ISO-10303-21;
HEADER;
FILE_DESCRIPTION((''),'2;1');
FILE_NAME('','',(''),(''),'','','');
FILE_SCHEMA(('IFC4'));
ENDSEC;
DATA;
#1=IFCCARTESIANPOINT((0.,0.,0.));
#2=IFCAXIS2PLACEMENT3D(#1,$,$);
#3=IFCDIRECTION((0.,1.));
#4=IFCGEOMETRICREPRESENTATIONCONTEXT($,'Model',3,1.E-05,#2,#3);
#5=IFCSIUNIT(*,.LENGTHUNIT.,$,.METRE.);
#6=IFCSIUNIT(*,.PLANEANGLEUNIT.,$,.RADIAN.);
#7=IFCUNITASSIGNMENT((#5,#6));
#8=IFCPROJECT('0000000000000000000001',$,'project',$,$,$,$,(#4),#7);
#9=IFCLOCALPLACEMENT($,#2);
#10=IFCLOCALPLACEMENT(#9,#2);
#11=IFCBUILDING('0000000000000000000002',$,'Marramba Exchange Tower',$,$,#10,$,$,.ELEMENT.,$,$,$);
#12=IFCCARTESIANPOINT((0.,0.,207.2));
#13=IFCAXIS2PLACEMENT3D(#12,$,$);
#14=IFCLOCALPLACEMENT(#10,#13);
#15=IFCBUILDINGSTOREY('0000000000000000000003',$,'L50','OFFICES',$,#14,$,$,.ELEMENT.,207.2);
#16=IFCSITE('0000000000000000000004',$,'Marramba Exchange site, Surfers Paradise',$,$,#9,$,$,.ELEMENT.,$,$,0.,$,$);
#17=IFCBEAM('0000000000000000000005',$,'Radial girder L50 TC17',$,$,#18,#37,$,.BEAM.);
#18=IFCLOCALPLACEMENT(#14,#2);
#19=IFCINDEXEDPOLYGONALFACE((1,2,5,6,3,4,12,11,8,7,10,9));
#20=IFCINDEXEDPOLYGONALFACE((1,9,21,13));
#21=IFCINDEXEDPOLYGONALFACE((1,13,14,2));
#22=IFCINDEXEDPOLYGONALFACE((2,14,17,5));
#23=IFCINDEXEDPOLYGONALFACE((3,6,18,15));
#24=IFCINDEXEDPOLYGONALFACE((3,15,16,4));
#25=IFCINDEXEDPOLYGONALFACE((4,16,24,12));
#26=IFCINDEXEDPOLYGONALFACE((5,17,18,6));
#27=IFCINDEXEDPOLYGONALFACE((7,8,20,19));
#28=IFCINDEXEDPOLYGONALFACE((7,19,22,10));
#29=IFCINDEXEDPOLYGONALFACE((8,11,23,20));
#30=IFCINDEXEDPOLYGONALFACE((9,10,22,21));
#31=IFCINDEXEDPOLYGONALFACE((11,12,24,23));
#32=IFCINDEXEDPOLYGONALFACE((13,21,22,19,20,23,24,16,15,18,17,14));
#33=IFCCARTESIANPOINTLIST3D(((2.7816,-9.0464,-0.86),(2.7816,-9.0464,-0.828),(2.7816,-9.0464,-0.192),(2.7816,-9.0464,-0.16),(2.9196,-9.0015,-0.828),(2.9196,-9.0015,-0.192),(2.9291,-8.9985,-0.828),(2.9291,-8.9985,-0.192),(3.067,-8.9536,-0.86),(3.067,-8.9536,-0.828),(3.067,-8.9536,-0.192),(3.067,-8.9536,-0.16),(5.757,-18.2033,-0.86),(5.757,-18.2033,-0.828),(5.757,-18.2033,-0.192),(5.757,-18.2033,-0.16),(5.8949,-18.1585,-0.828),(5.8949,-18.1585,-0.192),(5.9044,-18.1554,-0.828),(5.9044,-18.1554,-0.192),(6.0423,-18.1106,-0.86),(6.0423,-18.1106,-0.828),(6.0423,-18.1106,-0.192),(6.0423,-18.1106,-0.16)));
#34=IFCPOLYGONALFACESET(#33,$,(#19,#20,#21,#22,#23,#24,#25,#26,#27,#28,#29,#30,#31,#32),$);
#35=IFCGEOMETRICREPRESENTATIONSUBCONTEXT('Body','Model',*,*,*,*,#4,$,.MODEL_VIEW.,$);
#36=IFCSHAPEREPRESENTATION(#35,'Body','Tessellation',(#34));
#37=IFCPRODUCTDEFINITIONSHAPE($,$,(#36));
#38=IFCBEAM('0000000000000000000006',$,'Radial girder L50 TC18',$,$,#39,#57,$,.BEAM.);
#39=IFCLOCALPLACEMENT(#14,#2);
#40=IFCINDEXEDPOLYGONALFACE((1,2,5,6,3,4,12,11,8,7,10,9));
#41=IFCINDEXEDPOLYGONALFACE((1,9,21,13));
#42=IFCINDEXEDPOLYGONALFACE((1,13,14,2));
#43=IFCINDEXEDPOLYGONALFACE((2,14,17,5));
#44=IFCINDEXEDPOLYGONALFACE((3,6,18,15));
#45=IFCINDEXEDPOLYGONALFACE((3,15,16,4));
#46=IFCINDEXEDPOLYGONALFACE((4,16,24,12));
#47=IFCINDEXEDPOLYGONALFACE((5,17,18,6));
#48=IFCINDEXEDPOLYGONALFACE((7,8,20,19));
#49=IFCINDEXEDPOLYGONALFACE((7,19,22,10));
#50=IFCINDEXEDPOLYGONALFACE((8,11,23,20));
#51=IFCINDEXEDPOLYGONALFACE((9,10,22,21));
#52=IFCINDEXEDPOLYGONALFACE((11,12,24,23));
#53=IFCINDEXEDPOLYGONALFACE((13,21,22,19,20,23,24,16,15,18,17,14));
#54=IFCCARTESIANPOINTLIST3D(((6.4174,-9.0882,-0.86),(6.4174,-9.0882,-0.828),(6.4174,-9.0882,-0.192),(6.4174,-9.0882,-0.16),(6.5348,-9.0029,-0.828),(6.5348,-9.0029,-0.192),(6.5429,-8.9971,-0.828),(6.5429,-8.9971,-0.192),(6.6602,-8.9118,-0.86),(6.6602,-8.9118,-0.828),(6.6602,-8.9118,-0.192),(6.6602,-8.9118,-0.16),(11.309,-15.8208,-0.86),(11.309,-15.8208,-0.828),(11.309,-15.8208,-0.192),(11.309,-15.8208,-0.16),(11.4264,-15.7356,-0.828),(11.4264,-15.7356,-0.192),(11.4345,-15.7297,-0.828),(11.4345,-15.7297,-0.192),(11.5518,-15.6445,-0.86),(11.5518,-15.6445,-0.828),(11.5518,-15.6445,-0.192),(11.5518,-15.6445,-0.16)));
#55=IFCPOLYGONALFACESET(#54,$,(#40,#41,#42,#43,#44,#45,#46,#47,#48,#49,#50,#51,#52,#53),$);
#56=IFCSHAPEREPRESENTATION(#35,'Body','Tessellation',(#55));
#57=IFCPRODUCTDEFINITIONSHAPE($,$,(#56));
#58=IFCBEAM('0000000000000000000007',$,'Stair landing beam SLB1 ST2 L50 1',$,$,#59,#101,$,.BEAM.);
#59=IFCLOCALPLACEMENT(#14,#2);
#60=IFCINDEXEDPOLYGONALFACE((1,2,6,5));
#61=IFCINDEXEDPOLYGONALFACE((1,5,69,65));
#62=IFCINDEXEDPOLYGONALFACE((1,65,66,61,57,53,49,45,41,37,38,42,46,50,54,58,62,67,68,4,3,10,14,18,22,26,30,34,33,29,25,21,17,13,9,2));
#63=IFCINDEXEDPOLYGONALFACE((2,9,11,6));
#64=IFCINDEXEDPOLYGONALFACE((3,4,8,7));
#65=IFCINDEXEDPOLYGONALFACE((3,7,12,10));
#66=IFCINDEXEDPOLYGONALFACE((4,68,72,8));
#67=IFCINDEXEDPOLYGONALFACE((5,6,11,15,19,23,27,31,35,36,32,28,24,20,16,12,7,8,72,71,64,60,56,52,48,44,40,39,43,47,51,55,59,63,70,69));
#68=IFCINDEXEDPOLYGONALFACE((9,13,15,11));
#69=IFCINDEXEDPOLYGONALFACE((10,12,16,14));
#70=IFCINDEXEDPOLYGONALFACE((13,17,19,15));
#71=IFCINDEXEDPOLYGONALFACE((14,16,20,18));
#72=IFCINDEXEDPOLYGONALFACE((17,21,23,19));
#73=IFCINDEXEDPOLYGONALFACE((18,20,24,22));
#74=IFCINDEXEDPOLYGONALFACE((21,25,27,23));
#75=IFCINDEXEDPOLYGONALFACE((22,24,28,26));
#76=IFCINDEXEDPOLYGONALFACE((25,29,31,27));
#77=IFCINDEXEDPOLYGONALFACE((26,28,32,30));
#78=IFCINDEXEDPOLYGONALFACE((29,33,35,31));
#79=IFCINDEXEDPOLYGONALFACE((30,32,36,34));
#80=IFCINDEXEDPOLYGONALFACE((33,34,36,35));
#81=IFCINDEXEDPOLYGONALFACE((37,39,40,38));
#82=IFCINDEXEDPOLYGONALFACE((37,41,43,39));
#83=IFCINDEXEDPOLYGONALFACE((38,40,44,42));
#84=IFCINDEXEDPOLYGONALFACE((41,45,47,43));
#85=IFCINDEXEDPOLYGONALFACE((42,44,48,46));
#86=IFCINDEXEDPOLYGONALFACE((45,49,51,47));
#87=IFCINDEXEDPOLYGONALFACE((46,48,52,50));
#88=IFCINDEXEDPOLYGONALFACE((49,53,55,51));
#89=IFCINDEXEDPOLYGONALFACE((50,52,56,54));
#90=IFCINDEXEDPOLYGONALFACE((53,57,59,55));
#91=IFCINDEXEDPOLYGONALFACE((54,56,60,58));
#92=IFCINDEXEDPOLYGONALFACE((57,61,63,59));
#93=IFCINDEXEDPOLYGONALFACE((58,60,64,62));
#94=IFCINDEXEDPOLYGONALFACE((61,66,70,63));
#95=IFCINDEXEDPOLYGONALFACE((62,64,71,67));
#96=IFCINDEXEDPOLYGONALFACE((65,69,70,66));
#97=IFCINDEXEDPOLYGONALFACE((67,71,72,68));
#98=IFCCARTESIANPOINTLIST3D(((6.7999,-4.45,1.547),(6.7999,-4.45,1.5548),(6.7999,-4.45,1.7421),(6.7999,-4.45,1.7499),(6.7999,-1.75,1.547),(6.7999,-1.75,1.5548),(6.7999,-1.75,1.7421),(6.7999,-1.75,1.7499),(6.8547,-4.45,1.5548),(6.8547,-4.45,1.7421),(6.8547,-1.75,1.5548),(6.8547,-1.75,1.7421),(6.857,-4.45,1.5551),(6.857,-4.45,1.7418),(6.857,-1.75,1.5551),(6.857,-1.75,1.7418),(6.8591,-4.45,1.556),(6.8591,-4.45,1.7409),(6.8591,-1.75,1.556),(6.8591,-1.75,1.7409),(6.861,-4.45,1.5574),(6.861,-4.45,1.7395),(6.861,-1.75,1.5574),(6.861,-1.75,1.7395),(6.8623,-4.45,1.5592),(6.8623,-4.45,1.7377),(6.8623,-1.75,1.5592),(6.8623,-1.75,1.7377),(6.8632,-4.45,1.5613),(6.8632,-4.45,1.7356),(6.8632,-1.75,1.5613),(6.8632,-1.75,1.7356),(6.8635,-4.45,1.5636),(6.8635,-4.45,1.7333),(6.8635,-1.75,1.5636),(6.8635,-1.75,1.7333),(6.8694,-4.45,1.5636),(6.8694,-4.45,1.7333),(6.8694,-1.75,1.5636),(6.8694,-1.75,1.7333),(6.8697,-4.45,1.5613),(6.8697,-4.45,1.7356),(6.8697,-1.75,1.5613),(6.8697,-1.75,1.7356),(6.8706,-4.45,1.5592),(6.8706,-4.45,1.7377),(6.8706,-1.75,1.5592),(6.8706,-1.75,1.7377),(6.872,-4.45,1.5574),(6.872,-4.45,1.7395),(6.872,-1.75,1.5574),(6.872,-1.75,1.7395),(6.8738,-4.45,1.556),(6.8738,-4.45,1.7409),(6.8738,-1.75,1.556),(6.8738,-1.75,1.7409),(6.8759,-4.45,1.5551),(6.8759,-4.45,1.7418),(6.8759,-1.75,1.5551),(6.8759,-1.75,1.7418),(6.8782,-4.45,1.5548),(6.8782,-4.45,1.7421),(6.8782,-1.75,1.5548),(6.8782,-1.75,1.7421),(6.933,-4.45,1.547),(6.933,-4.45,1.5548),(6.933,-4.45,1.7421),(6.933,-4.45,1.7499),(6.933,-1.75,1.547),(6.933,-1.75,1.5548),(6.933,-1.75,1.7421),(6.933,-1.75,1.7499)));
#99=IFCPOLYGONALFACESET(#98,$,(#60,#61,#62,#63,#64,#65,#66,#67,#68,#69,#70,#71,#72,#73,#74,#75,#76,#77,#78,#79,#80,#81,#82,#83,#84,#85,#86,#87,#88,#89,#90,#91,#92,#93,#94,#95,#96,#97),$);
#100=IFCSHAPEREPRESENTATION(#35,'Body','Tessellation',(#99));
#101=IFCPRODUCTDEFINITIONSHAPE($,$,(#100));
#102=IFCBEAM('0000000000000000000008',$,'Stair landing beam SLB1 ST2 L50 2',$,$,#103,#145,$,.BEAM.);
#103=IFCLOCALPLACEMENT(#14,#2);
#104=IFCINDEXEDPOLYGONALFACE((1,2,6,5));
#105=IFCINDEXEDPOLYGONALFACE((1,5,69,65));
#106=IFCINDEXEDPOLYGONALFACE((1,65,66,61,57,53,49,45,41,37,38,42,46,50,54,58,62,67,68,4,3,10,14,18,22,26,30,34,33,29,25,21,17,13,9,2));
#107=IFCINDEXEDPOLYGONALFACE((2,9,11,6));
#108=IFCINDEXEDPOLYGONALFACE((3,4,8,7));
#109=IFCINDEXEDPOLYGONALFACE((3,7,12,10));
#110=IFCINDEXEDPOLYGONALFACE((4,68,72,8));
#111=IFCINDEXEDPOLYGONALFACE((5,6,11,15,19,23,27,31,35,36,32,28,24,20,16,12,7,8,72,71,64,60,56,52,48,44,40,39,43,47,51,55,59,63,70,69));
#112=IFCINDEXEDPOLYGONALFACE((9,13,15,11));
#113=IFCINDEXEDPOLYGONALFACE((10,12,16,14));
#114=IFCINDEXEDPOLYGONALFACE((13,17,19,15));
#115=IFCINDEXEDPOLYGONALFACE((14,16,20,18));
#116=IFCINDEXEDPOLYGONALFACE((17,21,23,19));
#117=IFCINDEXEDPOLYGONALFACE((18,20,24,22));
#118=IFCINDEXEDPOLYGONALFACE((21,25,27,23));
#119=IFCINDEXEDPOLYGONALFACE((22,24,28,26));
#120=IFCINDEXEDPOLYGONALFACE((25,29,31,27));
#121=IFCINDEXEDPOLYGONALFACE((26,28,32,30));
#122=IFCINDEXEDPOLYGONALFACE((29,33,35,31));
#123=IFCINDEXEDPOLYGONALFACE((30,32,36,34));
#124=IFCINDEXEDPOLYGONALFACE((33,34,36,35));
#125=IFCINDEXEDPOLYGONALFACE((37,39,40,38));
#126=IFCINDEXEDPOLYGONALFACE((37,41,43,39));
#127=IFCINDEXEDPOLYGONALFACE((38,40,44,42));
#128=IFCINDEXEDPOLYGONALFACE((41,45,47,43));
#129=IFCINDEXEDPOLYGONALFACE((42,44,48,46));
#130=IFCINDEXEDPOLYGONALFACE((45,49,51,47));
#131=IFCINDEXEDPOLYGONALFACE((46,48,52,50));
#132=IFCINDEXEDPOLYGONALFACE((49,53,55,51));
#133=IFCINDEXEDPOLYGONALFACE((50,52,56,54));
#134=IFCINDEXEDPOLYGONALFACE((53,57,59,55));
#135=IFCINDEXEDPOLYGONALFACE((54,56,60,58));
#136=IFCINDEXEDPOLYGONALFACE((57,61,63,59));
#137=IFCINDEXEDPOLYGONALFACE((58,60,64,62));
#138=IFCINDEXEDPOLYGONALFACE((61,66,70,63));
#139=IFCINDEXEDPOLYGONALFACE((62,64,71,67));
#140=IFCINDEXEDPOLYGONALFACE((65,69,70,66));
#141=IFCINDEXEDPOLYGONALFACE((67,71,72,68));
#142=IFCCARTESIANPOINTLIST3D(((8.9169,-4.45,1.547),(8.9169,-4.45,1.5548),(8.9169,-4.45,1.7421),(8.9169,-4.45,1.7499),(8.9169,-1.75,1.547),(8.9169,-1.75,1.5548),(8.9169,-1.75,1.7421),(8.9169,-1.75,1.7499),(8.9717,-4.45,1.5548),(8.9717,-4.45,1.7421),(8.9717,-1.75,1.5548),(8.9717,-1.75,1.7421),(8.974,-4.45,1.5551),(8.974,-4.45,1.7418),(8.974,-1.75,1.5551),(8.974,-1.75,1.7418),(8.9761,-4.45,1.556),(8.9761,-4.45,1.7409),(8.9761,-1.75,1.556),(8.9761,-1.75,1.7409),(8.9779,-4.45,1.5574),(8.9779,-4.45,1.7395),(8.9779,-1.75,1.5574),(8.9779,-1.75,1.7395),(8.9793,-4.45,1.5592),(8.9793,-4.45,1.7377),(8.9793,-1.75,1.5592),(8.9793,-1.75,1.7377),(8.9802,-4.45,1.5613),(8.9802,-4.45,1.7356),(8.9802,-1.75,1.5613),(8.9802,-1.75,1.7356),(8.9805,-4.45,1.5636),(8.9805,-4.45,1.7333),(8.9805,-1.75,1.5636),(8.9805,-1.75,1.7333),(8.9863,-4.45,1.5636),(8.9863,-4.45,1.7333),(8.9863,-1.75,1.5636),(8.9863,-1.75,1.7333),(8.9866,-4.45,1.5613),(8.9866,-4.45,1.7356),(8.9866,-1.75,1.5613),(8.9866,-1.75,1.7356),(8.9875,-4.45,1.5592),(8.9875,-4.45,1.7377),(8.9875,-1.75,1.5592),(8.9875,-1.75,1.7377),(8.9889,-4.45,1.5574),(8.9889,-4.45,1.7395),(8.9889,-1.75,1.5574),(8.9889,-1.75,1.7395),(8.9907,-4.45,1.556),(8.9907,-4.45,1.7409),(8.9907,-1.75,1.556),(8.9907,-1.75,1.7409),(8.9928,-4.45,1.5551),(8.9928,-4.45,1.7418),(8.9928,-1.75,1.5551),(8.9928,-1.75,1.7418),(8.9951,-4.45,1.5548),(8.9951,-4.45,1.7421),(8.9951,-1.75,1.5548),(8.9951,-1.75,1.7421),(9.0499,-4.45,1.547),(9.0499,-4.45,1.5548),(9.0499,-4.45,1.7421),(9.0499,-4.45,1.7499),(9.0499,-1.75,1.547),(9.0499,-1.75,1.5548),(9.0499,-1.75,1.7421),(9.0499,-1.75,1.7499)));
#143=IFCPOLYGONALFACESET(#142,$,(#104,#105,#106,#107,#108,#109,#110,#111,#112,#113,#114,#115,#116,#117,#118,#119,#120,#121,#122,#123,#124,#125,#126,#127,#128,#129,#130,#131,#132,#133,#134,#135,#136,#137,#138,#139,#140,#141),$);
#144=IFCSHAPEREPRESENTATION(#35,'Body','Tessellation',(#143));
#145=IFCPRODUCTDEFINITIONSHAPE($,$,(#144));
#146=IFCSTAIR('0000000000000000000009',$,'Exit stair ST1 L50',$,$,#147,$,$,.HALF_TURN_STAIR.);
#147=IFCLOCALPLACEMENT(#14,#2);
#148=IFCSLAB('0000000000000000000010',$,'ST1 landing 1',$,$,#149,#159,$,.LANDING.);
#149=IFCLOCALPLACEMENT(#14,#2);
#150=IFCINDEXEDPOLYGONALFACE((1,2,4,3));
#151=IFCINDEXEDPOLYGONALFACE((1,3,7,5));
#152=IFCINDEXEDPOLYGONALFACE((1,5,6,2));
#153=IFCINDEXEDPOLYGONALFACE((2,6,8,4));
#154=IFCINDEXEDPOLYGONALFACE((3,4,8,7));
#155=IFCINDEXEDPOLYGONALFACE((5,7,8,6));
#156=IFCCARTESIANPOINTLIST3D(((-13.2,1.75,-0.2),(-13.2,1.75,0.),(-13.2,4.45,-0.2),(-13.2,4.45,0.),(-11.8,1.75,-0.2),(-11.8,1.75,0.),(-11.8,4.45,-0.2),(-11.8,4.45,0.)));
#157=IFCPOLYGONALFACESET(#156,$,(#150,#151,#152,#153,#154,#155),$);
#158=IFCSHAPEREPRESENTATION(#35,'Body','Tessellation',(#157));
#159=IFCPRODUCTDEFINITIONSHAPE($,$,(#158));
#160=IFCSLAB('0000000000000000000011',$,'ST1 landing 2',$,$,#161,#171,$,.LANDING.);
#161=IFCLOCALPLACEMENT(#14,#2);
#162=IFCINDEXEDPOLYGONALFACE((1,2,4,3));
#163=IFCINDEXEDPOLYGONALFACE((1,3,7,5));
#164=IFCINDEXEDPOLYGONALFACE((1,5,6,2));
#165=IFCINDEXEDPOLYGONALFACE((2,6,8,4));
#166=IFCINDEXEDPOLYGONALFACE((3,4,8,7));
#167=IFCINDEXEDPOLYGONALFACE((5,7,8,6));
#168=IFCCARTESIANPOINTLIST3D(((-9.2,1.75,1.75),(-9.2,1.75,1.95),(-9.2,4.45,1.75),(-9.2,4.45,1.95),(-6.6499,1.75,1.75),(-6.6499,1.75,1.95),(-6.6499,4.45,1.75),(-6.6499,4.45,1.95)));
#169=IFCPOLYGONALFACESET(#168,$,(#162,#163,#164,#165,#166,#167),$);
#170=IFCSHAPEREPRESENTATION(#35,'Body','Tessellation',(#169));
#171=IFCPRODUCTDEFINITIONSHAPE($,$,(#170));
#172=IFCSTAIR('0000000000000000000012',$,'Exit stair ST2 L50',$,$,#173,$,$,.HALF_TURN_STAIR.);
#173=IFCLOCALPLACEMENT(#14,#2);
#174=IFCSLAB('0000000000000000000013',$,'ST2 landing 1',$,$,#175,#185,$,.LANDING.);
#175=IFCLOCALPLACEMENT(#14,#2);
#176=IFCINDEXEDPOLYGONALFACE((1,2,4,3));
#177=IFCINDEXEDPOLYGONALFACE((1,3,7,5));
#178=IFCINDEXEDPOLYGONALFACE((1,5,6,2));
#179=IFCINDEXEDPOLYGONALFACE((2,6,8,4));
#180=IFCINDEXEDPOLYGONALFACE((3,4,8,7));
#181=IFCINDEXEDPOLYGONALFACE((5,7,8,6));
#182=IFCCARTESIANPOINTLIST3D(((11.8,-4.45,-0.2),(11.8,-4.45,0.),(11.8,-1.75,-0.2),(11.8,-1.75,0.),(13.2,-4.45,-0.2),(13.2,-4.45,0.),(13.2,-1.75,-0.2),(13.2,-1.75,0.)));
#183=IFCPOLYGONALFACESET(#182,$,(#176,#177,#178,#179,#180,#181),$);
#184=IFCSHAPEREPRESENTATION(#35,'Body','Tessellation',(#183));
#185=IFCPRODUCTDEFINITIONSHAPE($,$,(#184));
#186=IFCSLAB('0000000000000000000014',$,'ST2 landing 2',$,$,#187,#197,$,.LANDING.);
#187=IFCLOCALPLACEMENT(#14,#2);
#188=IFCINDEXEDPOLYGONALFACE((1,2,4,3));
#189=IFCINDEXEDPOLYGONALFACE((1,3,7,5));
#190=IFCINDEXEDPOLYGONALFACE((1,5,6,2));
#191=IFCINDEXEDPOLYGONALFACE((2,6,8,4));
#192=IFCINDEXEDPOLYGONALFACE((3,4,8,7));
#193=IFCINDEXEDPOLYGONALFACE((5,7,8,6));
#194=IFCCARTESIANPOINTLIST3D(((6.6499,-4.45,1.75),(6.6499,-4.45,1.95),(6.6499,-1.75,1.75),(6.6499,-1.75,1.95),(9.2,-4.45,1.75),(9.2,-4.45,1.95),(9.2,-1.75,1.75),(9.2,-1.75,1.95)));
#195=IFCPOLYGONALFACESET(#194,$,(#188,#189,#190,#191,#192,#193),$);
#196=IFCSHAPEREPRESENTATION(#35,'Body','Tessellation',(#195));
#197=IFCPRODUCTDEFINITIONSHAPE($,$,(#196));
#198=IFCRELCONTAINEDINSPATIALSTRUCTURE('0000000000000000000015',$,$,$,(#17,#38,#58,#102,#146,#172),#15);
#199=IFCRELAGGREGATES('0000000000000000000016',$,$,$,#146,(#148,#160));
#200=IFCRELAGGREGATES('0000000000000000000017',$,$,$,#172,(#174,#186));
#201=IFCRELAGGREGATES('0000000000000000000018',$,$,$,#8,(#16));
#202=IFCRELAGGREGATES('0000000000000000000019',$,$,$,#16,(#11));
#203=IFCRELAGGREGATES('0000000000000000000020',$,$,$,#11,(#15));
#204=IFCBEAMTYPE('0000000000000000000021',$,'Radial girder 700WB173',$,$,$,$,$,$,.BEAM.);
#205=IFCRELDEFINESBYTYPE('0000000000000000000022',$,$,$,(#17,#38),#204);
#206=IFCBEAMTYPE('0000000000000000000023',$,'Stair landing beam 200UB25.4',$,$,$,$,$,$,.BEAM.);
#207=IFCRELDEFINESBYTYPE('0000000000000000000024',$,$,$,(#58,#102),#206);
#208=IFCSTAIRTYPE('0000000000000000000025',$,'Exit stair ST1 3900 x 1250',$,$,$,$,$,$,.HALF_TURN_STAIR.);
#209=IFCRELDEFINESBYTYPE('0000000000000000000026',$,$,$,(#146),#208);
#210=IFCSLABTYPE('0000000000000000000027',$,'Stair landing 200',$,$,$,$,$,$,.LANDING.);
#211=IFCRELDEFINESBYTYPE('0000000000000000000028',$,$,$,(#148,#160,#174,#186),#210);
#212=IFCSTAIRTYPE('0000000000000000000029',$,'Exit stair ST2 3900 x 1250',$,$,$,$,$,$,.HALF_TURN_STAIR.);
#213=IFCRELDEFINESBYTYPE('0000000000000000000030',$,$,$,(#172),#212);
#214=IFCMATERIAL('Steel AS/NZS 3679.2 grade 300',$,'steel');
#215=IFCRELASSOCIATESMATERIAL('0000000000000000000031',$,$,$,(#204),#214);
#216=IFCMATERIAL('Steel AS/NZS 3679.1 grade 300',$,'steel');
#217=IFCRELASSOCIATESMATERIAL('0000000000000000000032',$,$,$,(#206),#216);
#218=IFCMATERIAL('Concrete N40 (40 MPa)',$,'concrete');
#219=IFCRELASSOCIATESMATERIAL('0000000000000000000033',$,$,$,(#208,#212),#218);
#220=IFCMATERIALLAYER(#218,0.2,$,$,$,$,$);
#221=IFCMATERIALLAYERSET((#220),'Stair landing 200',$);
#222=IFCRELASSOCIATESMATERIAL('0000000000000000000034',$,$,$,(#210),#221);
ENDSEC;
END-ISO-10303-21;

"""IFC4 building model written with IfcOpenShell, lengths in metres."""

from ifc_helpers import new_model, si_unit, direction, frame, origin, origin_2d, place, context, subcontext, project, spatial, polyline, i_section, outline, extrude, material, layer, layer_set, material_profile, profile_set, type_object, element, aggregate, save


model = new_model("IFC4")

# Units and contexts
model_context = context("Model", 3, precision=1e-05, world=origin(), true_north=direction((0.0, 1.0)))
body_context = subcontext(model_context, "Body", "Model", "MODEL_VIEW")
ifc_project = project(units=[si_unit("LENGTHUNIT", "METRE"), si_unit("PLANEANGLEUNIT", "RADIAN")], contexts=[model_context])

# Site, building, storey
site_placement = place(None, origin())
site = spatial("IfcSite", under=ifc_project, at=site_placement, Name="Marramba Exchange site, Surfers Paradise", CompositionType="ELEMENT", RefElevation=0.0)
building_placement = place(site_placement, origin())
building = spatial("IfcBuilding", under=site, at=building_placement, Name="Marramba Exchange Tower", CompositionType="ELEMENT")
storey_placement = place(building_placement, frame((0.0, 0.0, 207.2)))
storey = spatial("IfcBuildingStorey", under=building, at=storey_placement, Name="L50", Description="OFFICES", CompositionType="ELEMENT", Elevation=207.2)

# Beams
ifc_material_1 = material(Name="Steel AS/NZS 3679.2 grade 300", Category="steel")
ifc_material_profile_1 = material_profile(ifc_material_1, i_section(OverallWidth=0.3, OverallDepth=0.7, WebThickness=0.01, FlangeThickness=0.032, at=origin_2d()), Name="700WB173")
ifc_profile_set_1 = profile_set([ifc_material_profile_1], Name="Steel AS/NZS 3679.2 grade 300")
beam_type_1 = type_object("IfcBeamType", Name="Radial girder 700WB173", PredefinedType="BEAM", material=ifc_profile_set_1)
beam_1_placement = place(storey_placement, frame((2.9243, -9.0, -0.51), z_axis=(0.309022, -0.951055, 0.0), x_axis=(0.951055, 0.309022, 0.0)))
element("IfcBeam", 1, at=beam_1_placement, inside=storey, type_object=beam_type_1, Name="Radial girder L50 TC17", PredefinedType="BEAM", context=body_context, shape_type="SweptSolid", body=[
    extrude(i_section(OverallWidth=0.3, OverallDepth=0.7, WebThickness=0.01, FlangeThickness=0.032, at=origin_2d()), origin(), (0.0, 0.0, 1.0), 9.6282),
])
beam_2_placement = place(storey_placement, frame((6.5388, -9.0, -0.51), z_axis=(0.587788, -0.809015, 0.0), x_axis=(0.809015, 0.587788, 0.0)))
element("IfcBeam", 2, at=beam_2_placement, inside=storey, type_object=beam_type_1, Name="Radial girder L50 TC18", PredefinedType="BEAM", context=body_context, shape_type="SweptSolid", body=[
    extrude(i_section(OverallWidth=0.3, OverallDepth=0.7, WebThickness=0.01, FlangeThickness=0.032, at=origin_2d()), origin(), (0.0, 0.0, 1.0), 8.322),
])
ifc_material_2 = material(Name="Steel AS/NZS 3679.1 grade 300", Category="steel")
ifc_material_profile_2 = material_profile(ifc_material_2, i_section(OverallWidth=0.1331, OverallDepth=0.2029, WebThickness=0.0059, FlangeThickness=0.0078, FilletRadius=0.0088, at=origin_2d()), Name="200UB25.4")
ifc_profile_set_2 = profile_set([ifc_material_profile_2], Name="Steel AS/NZS 3679.1 grade 300")
beam_type_2 = type_object("IfcBeamType", Name="Stair landing beam 200UB25.4", PredefinedType="BEAM", material=ifc_profile_set_2)
for number, where, z_axis, x_axis, name in (
    (3, (6.8665, -4.45, 1.6484), (0.0, 1.0, 0.0), (-1.0, 0.0, 0.0), "Stair landing beam SLB1 ST2 L50 1"),
    (4, (8.9834, -4.45, 1.6484), (0.0, 1.0, 0.0), (-1.0, 0.0, 0.0), "Stair landing beam SLB1 ST2 L50 2"),
):
    element("IfcBeam", number, at=place(storey_placement, frame(where, z_axis=z_axis, x_axis=x_axis)), inside=storey, type_object=beam_type_2, Name=name, PredefinedType="BEAM", context=body_context, shape_type="SweptSolid", body=[
        extrude(i_section(OverallWidth=0.1331, OverallDepth=0.2029, WebThickness=0.0059, FlangeThickness=0.0078, FilletRadius=0.0088, at=origin_2d()), origin(), (0.0, 0.0, 1.0), 2.7),
    ])

# Stairs, slabs
ifc_material_3 = material(Name="Concrete N40 (40 MPa)", Category="concrete")
stair_type_1 = type_object("IfcStairType", Name="Exit stair ST1 3900 x 1250", PredefinedType="HALF_TURN_STAIR", material=ifc_material_3)
stair_1_placement = place(storey_placement, origin())
stair_1 = element("IfcStair", 5, at=stair_1_placement, inside=storey, type_object=stair_type_1, Name="Exit stair ST1 L50", PredefinedType="HALF_TURN_STAIR")
ifc_layer_1 = layer(ifc_material_3, 0.2)
ifc_layer_set_1 = layer_set([ifc_layer_1], Name="Stair landing 200")
slab_type = type_object("IfcSlabType", Name="Stair landing 200", PredefinedType="LANDING", material=ifc_layer_set_1)
slab_1_placement = place(storey_placement, frame((0.0, 0.0, -0.2)))
slab_1 = element("IfcSlab", 6, at=slab_1_placement, type_object=slab_type, Name="ST1 landing 1", PredefinedType="LANDING", context=body_context, shape_type="SweptSolid", body=[
    extrude(outline(polyline([(-13.2, 1.75), (-11.8, 1.75), (-11.8, 4.45), (-13.2, 4.45), (-13.2, 1.75)])), origin(), (0.0, 0.0, 1.0), 0.2),
])
slab_2_placement = place(storey_placement, frame((0.0, 0.0, 1.75)))
slab_2 = element("IfcSlab", 7, at=slab_2_placement, type_object=slab_type, Name="ST1 landing 2", PredefinedType="LANDING", context=body_context, shape_type="SweptSolid", body=[
    extrude(outline(polyline([(-9.2, 1.75), (-6.6499, 1.75), (-6.6499, 4.45), (-9.2, 4.45), (-9.2, 1.75)])), origin(), (0.0, 0.0, 1.0), 0.2),
])
aggregate(stair_1, [slab_1, slab_2])
stair_type_2 = type_object("IfcStairType", Name="Exit stair ST2 3900 x 1250", PredefinedType="HALF_TURN_STAIR", material=ifc_material_3)
stair_2_placement = place(storey_placement, origin())
stair_2 = element("IfcStair", 8, at=stair_2_placement, inside=storey, type_object=stair_type_2, Name="Exit stair ST2 L50", PredefinedType="HALF_TURN_STAIR")
slab_3_placement = place(storey_placement, frame((0.0, 0.0, -0.2)))
slab_3 = element("IfcSlab", 9, at=slab_3_placement, type_object=slab_type, Name="ST2 landing 1", PredefinedType="LANDING", context=body_context, shape_type="SweptSolid", body=[
    extrude(outline(polyline([(11.8, -4.45), (13.2, -4.45), (13.2, -1.75), (11.8, -1.75), (11.8, -4.45)])), origin(), (0.0, 0.0, 1.0), 0.2),
])
slab_4_placement = place(storey_placement, frame((0.0, 0.0, 1.75)))
slab_4 = element("IfcSlab", 10, at=slab_4_placement, type_object=slab_type, Name="ST2 landing 2", PredefinedType="LANDING", context=body_context, shape_type="SweptSolid", body=[
    extrude(outline(polyline([(6.6499, -4.45), (9.2, -4.45), (9.2, -1.75), (6.6499, -1.75), (6.6499, -4.45)])), origin(), (0.0, 0.0, 1.0), 0.2),
])

aggregate(stair_2, [slab_3, slab_4])

save(model, "model.ifc")
